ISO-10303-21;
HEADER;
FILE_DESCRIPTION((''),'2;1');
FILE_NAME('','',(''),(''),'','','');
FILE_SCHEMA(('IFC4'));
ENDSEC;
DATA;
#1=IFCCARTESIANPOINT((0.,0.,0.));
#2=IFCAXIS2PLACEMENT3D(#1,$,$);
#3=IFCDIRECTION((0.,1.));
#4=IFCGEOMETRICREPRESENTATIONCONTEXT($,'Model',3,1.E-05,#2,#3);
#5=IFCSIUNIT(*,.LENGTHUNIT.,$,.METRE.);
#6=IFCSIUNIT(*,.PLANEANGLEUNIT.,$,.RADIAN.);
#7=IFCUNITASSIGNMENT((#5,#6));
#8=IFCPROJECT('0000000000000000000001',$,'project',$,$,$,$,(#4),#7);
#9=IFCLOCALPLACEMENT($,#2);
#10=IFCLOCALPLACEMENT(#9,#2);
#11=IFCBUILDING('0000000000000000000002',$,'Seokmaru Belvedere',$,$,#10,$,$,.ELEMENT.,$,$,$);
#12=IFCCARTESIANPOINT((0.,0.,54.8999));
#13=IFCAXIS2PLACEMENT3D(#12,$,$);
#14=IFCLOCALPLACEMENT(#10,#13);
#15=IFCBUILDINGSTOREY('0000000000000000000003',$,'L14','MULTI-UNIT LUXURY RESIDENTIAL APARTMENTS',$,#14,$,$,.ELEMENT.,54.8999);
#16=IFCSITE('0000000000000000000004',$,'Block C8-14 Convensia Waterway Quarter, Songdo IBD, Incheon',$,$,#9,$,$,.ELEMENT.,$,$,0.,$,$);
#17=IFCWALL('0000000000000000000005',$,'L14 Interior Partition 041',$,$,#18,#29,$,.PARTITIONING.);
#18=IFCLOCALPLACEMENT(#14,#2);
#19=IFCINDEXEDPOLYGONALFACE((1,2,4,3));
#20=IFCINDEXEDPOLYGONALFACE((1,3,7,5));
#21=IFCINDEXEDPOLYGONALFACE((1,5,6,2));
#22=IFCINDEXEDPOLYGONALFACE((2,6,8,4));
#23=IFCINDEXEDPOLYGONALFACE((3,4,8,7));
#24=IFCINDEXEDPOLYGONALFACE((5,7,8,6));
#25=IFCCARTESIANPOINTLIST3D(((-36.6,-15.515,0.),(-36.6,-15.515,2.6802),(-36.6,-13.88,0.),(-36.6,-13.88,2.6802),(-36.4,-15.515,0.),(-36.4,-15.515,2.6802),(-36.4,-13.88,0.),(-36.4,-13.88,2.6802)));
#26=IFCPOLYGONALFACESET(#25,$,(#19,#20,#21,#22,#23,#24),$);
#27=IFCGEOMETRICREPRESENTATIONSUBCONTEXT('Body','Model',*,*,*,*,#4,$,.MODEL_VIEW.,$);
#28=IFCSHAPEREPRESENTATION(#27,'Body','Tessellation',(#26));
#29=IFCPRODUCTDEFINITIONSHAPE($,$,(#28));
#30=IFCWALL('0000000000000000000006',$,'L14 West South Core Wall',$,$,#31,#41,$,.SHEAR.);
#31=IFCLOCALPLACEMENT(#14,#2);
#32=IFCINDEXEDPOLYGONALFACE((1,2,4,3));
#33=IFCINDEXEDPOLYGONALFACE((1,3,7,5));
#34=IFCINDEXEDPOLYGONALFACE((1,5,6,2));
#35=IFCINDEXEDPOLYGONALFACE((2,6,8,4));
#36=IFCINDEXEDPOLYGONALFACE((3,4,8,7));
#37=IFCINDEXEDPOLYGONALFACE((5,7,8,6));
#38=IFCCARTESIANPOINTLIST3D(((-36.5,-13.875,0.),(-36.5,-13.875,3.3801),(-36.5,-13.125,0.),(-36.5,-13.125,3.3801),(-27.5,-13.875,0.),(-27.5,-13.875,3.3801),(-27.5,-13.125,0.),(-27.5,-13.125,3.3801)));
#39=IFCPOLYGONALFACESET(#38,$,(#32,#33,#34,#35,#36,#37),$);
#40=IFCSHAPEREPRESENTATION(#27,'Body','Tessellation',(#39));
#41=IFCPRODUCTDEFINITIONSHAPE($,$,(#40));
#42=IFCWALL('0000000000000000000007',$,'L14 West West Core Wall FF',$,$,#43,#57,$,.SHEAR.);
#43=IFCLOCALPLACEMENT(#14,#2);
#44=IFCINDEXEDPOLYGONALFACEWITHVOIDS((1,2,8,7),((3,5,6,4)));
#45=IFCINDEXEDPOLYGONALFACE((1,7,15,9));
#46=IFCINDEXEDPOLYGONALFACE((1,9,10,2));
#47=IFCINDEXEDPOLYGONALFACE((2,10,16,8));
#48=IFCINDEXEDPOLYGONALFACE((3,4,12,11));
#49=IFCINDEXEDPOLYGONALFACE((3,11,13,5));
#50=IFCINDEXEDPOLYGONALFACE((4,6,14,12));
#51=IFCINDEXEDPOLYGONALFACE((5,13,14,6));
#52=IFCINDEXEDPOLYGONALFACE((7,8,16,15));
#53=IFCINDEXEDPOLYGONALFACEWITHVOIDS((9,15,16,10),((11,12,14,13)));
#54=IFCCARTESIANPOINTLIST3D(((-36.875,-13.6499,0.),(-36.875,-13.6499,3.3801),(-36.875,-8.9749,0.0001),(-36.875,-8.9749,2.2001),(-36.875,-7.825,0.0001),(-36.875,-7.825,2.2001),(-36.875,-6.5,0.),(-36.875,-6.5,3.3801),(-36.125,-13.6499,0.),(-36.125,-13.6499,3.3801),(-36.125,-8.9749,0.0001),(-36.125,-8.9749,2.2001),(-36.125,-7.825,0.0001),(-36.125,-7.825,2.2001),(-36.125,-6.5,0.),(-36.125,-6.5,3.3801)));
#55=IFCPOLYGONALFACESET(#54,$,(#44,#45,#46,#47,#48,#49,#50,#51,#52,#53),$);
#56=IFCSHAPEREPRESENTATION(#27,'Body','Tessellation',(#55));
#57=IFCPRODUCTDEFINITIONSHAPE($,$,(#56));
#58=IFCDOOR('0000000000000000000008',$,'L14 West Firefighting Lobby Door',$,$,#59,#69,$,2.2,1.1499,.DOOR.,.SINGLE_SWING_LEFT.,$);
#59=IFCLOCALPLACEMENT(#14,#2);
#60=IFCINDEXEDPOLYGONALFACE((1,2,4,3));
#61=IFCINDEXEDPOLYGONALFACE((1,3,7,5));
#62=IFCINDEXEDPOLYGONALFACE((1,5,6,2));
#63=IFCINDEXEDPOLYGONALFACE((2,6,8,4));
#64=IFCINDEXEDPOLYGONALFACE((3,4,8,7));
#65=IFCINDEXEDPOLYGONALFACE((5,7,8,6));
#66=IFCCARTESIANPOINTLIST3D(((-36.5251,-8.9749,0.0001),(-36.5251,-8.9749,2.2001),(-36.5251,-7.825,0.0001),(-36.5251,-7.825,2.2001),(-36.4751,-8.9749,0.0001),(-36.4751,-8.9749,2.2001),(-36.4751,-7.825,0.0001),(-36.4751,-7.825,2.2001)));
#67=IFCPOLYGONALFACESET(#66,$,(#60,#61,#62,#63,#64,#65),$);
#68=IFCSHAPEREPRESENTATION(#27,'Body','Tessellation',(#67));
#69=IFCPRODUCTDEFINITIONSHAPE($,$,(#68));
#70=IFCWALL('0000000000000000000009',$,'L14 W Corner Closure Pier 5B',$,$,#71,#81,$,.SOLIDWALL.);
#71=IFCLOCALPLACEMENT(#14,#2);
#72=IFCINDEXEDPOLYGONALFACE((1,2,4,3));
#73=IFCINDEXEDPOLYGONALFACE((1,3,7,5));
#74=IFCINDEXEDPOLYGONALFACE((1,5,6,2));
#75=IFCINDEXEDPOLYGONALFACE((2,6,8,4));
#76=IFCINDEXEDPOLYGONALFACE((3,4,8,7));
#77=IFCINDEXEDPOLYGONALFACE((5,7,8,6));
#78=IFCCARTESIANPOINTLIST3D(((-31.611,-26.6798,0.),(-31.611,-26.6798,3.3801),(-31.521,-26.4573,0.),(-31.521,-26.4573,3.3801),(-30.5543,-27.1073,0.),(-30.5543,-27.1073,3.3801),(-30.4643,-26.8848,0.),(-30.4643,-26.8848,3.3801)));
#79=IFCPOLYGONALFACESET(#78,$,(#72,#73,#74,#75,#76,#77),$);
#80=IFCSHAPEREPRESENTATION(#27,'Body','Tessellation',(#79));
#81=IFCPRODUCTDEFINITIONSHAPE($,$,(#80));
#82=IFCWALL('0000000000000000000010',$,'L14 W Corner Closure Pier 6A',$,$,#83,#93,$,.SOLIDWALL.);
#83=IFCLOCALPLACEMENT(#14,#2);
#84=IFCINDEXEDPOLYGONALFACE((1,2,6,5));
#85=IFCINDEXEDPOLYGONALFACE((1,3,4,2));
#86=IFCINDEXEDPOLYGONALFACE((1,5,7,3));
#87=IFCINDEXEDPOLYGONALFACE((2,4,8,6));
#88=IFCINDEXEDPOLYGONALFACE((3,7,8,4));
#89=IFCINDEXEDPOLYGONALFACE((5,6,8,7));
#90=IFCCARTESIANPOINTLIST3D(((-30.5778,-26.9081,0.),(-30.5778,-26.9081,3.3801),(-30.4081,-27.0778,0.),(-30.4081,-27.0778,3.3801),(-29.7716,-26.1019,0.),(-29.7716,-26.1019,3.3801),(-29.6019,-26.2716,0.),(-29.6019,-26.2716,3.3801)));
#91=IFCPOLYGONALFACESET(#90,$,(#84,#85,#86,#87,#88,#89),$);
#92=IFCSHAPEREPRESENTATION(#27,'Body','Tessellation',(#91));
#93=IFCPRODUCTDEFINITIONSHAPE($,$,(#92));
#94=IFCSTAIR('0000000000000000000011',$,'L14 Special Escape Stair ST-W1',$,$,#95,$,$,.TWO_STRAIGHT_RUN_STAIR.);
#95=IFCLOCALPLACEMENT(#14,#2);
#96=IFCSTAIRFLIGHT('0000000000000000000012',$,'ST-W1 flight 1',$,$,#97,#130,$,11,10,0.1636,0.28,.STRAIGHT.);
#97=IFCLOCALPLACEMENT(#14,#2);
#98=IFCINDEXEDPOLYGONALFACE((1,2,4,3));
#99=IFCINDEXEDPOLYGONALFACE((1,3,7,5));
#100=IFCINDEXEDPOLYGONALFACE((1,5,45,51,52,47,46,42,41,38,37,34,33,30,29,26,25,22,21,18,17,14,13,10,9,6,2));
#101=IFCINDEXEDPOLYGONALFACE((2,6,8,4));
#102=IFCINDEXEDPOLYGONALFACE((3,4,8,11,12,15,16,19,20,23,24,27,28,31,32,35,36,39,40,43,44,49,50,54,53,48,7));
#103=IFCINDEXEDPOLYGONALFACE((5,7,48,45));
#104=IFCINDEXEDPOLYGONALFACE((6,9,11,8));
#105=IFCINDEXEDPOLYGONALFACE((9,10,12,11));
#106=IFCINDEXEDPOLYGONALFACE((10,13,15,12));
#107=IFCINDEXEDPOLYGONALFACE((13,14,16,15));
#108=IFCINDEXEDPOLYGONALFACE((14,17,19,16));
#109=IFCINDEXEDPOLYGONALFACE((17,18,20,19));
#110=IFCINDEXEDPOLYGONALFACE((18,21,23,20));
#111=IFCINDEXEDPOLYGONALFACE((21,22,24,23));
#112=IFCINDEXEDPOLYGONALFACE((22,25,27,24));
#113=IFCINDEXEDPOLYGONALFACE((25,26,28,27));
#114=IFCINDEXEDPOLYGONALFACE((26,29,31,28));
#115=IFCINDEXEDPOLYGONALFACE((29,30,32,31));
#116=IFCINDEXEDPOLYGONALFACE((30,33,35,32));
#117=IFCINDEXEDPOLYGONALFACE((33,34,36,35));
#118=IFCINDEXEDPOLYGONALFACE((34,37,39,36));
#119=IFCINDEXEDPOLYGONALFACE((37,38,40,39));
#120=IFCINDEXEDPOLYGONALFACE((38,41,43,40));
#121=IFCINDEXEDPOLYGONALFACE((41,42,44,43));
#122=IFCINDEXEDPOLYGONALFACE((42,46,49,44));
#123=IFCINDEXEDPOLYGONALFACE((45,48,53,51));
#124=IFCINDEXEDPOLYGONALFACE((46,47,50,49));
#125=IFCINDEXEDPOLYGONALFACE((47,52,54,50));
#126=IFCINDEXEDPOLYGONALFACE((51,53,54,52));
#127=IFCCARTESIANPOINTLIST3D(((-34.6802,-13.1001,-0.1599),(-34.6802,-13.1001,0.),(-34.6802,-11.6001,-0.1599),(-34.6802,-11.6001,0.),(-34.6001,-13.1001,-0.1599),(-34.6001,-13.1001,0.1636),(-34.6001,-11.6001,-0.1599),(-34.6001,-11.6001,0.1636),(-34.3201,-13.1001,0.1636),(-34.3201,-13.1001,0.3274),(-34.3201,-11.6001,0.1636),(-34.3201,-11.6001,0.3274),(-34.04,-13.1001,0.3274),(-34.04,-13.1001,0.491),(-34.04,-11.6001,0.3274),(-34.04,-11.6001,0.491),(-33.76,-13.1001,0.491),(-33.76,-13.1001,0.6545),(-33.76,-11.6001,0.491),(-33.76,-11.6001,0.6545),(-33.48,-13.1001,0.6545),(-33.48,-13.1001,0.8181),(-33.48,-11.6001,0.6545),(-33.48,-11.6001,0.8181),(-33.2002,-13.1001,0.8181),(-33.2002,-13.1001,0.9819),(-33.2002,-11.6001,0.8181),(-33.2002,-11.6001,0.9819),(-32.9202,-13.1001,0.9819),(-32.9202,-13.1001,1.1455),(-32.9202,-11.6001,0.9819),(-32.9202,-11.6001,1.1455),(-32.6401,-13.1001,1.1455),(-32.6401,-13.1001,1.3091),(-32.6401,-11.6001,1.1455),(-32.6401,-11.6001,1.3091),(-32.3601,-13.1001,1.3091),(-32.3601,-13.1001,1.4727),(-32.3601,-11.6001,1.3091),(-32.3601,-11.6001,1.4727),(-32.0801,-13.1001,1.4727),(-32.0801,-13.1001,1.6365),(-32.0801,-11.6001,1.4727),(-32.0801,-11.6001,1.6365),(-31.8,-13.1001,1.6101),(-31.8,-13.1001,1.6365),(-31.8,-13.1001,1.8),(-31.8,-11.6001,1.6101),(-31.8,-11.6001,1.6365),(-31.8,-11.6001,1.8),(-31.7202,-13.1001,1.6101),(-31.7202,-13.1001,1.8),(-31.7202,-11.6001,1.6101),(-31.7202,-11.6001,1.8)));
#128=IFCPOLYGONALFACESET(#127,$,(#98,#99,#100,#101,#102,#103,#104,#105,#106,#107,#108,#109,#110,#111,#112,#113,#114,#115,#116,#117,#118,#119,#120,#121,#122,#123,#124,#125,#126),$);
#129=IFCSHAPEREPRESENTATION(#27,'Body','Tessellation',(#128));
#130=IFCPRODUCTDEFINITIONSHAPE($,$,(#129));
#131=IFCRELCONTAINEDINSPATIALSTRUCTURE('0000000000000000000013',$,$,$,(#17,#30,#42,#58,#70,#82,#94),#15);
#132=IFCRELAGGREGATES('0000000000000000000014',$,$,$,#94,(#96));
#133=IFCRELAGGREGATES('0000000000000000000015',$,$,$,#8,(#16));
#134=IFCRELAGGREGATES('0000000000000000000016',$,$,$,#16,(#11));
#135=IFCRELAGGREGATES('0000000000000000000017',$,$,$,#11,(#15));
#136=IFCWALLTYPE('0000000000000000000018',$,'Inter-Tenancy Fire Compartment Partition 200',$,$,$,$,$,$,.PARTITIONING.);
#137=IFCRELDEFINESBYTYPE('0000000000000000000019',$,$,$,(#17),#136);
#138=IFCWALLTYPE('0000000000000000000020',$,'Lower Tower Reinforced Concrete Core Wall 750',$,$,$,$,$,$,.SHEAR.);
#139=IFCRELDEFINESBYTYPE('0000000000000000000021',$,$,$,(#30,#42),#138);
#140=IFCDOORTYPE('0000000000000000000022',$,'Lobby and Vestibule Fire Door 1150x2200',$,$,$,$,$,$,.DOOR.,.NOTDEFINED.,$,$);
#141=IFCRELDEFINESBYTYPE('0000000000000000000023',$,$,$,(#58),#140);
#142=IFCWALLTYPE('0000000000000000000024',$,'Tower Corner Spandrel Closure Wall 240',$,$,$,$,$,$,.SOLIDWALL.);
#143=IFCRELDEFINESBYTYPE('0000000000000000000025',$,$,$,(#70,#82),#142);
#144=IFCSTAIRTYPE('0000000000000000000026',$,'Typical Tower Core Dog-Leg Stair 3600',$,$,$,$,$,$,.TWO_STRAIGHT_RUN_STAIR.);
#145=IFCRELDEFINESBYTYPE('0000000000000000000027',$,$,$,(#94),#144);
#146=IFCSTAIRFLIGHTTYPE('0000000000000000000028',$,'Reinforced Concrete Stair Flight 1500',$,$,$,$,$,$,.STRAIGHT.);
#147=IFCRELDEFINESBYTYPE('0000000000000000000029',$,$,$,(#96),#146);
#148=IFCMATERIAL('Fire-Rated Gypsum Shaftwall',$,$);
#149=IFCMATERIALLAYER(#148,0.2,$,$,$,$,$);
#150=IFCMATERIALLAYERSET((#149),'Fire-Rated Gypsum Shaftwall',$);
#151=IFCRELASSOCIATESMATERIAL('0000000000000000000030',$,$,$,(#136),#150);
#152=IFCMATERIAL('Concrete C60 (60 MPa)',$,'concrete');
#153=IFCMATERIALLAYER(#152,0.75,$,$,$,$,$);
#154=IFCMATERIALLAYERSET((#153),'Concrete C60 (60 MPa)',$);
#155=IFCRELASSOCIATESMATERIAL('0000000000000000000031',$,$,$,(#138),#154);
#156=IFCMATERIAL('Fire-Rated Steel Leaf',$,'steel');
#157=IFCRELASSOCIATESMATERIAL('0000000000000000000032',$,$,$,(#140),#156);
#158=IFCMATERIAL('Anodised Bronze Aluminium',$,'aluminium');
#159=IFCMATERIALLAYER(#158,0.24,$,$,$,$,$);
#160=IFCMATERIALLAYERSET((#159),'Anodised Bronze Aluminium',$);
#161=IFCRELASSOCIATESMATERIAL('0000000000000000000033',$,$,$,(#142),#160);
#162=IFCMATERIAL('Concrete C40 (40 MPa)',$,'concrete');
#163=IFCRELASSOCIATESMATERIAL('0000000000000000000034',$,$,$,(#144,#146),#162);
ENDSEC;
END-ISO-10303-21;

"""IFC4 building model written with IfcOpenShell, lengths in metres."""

from ifc_helpers import new_model, si_unit, direction, frame, frame_2d, origin, place, context, subcontext, project, spatial, polyline, rectangle, outline, extrude, source, transform, mapped, material, layer, layer_set, type_object, type_shapes, element, fill, aggregate, save


model = new_model("IFC4")

# Units and contexts
model_context = context("Model", 3, precision=1e-05, world=origin(), true_north=direction((0.0, 1.0)))
body_context = subcontext(model_context, "Body", "Model", "MODEL_VIEW")
ifc_project = project(units=[si_unit("LENGTHUNIT", "METRE"), si_unit("PLANEANGLEUNIT", "RADIAN")], contexts=[model_context])

# Site, building, storey
site_placement = place(None, origin())
site = spatial("IfcSite", under=ifc_project, at=site_placement, Name="Block C8-14 Convensia Waterway Quarter, Songdo IBD, Incheon", CompositionType="ELEMENT", RefElevation=0.0)
building_placement = place(site_placement, origin())
building = spatial("IfcBuilding", under=site, at=building_placement, Name="Seokmaru Belvedere", CompositionType="ELEMENT")
storey_placement = place(building_placement, frame((0.0, 0.0, 54.8999)))
storey = spatial("IfcBuildingStorey", under=building, at=storey_placement, Name="L14", Description="MULTI-UNIT LUXURY RESIDENTIAL APARTMENTS", CompositionType="ELEMENT", Elevation=54.8999)

# Shared definitions
ifc_material_1 = material(Name="Anodised Bronze Aluminium", Category="aluminium")

# Walls
ifc_material_2 = material(Name="Fire-Rated Gypsum Shaftwall")
ifc_layer_1 = layer(ifc_material_2, 0.2)
ifc_layer_set_1 = layer_set([ifc_layer_1], Name="Fire-Rated Gypsum Shaftwall")
wall_type_1 = type_object("IfcWallType", Name="Inter-Tenancy Fire Compartment Partition 200", PredefinedType="PARTITIONING", material=ifc_layer_set_1)
wall_1_placement = place(storey_placement, frame((-36.5, -15.5149, 0.0), z_axis=(0.0, 0.0, 1.0), x_axis=(0.0, 1.0, 0.0)))
element("IfcWall", 1, at=wall_1_placement, inside=storey, type_object=wall_type_1, Name="L14 Interior Partition 041", PredefinedType="PARTITIONING", context=body_context, shape_type="SweptSolid", body=[
    extrude(rectangle(XDim=1.635, YDim=0.2, at=frame_2d((0.8174, 0.0))), origin(), (0.0, 0.0, 1.0), 2.6802),
])
ifc_material_3 = material(Name="Concrete C60 (60 MPa)", Category="concrete")
ifc_layer_2 = layer(ifc_material_3, 0.75)
ifc_layer_set_2 = layer_set([ifc_layer_2], Name="Concrete C60 (60 MPa)")
wall_type_2 = type_object("IfcWallType", Name="Lower Tower Reinforced Concrete Core Wall 750", PredefinedType="SHEAR", material=ifc_layer_set_2)
wall_2_placement = place(storey_placement, frame((-36.5, -13.5, 0.0), z_axis=(0.0, 0.0, 1.0), x_axis=(1.0, 0.0, 0.0)))
element("IfcWall", 2, at=wall_2_placement, inside=storey, type_object=wall_type_2, Name="L14 West South Core Wall", PredefinedType="SHEAR", context=body_context, shape_type="SweptSolid", body=[
    extrude(rectangle(XDim=9.0, YDim=0.75, at=frame_2d((4.5, 0.0))), origin(), (0.0, 0.0, 1.0), 3.3801),
])

# Wall, opening, door
wall_3_placement = place(storey_placement, frame((-36.5, -13.6499, 0.0), z_axis=(0.0, 0.0, 1.0), x_axis=(0.0, 1.0, 0.0)))
wall_3 = element("IfcWall", 3, at=wall_3_placement, inside=storey, type_object=wall_type_2, Name="L14 West West Core Wall FF", PredefinedType="SHEAR", context=body_context, shape_type="SweptSolid", body=[
    extrude(rectangle(XDim=7.1499, YDim=0.75, at=frame_2d((3.575, 0.0))), origin(), (0.0, 0.0, 1.0), 3.3801),
])
opening_placement = place(wall_3_placement, frame((4.675, 0.0, 0.0)))
opening = element("IfcOpeningElement", 4, at=opening_placement, cuts=wall_3, PredefinedType="OPENING", context=body_context, shape_type="SweptSolid", body=[
    extrude(rectangle(XDim=1.1499, YDim=2.2, at=frame_2d((0.575, 1.1001))), frame((0.0, 0.385, 0.0), z_axis=(0.0, -1.0, 0.0), x_axis=(1.0, 0.0, 0.0)), (0.0, 0.0, 1.0), 0.77),
])
ifc_material_4 = material(Name="Fire-Rated Steel Leaf", Category="steel")
door_type = type_object("IfcDoorType", Name="Lobby and Vestibule Fire Door 1150x2200", OperationType="NOTDEFINED", PredefinedType="DOOR", material=ifc_material_4)
shared_shape_1 = source(origin(), body_context, "Body", "SweptSolid", [
    extrude(rectangle(XDim=1.1499, YDim=2.2, at=frame_2d((0.575, 1.1001))), frame((0.0, 0.0249, 0.0), z_axis=(0.0, -1.0, 0.0), x_axis=(1.0, 0.0, 0.0)), (0.0, 0.0, 1.0), 0.05),
])
type_shapes(door_type, [shared_shape_1])
door_placement = place(opening_placement, frame((1.1499, 0.0, 0.0), z_axis=(0.0, 0.0, 1.0), x_axis=(-1.0, 0.0, 0.0)))
door = element("IfcDoor", 5, at=door_placement, inside=storey, type_object=door_type, Name="L14 West Firefighting Lobby Door", OperationType="SINGLE_SWING_LEFT", OverallHeight=2.2, OverallWidth=1.1499, PredefinedType="DOOR", context=body_context, shape_type="MappedRepresentation", body=[
    mapped(shared_shape_1, transform((0.0, 0.0, 0.0), scale=1.0)),
])
fill(opening, door)

# Walls
ifc_layer_3 = layer(ifc_material_1, 0.24)
ifc_layer_set_3 = layer_set([ifc_layer_3], Name="Anodised Bronze Aluminium")
wall_type_3 = type_object("IfcWallType", Name="Tower Corner Spandrel Closure Wall 240", PredefinedType="SOLIDWALL", material=ifc_layer_set_3)
wall_4_placement = place(storey_placement, frame((-31.5659, -26.5686, 0.0), z_axis=(0.0, 0.0, 1.0), x_axis=(0.927007, -0.375044, 0.0)))
element("IfcWall", 6, at=wall_4_placement, inside=storey, type_object=wall_type_3, Name="L14 W Corner Closure Pier 5B", PredefinedType="SOLIDWALL", context=body_context, shape_type="SweptSolid", body=[
    extrude(rectangle(XDim=1.1399, YDim=0.24, at=frame_2d((0.5698, 0.0))), origin(), (0.0, 0.0, 1.0), 3.3801),
])
wall_5_placement = place(storey_placement, frame((-30.4929, -26.9929, 0.0), z_axis=(0.0, 0.0, 1.0), x_axis=(0.707107, 0.707107, 0.0)))
element("IfcWall", 7, at=wall_5_placement, inside=storey, type_object=wall_type_3, Name="L14 W Corner Closure Pier 6A", PredefinedType="SOLIDWALL", context=body_context, shape_type="SweptSolid", body=[
    extrude(rectangle(XDim=1.1401, YDim=0.24, at=frame_2d((0.5701, 0.0))), origin(), (0.0, 0.0, 1.0), 3.3801),
])

# Stair, stair flight
ifc_material_5 = material(Name="Concrete C40 (40 MPa)", Category="concrete")
stair_type = type_object("IfcStairType", Name="Typical Tower Core Dog-Leg Stair 3600", PredefinedType="TWO_STRAIGHT_RUN_STAIR", material=ifc_material_5)
stair_placement = place(storey_placement, origin())
stair = element("IfcStair", 8, at=stair_placement, inside=storey, type_object=stair_type, Name="L14 Special Escape Stair ST-W1", PredefinedType="TWO_STRAIGHT_RUN_STAIR")
stair_flight_type = type_object("IfcStairFlightType", Name="Reinforced Concrete Stair Flight 1500", PredefinedType="STRAIGHT", material=ifc_material_5)
stair_flight_placement = place(storey_placement, frame((-34.6001, -12.3501, 0.0), z_axis=(0.0, 0.0, 1.0), x_axis=(1.0, 0.0, 0.0)))
stair_flight = element("IfcStairFlight", 9, at=stair_flight_placement, type_object=stair_flight_type, Name="ST-W1 flight 1", NumberOfRisers=11, NumberOfTreads=10, PredefinedType="STRAIGHT", RiserHeight=0.1636, TreadLength=0.28, context=body_context, shape_type="SweptSolid", body=[
    extrude(outline(polyline([(-0.0801, 0.0), (0.0, 0.1636), (0.28, 0.1636), (0.28, 0.3274), (0.5601, 0.3274), (0.5601, 0.491), (0.8401, 0.491), (0.8401, 0.6545), (1.1201, 0.6545), (1.1201, 0.8181), (1.3999, 0.8181), (1.3999, 0.9819), (1.6799, 0.9819), (1.6799, 1.1455), (1.96, 1.1455), (1.96, 1.3091), (2.24, 1.3091), (2.24, 1.4727), (2.52, 1.4727), (2.52, 1.6365), (2.8, 1.6365), (2.8, 1.8), (2.8799, 1.8), (2.8799, 1.6101), (2.8, 1.6101), (0.0, -0.1599), (-0.0801, -0.1599), (-0.0801, 0.0)])), frame((0.0, 0.75, 0.0), z_axis=(0.0, -1.0, 0.0), x_axis=(1.0, 0.0, 0.0)), (0.0, 0.0, 1.0), 1.5),
])
aggregate(stair, [stair_flight])

save(model, "model.ifc")
